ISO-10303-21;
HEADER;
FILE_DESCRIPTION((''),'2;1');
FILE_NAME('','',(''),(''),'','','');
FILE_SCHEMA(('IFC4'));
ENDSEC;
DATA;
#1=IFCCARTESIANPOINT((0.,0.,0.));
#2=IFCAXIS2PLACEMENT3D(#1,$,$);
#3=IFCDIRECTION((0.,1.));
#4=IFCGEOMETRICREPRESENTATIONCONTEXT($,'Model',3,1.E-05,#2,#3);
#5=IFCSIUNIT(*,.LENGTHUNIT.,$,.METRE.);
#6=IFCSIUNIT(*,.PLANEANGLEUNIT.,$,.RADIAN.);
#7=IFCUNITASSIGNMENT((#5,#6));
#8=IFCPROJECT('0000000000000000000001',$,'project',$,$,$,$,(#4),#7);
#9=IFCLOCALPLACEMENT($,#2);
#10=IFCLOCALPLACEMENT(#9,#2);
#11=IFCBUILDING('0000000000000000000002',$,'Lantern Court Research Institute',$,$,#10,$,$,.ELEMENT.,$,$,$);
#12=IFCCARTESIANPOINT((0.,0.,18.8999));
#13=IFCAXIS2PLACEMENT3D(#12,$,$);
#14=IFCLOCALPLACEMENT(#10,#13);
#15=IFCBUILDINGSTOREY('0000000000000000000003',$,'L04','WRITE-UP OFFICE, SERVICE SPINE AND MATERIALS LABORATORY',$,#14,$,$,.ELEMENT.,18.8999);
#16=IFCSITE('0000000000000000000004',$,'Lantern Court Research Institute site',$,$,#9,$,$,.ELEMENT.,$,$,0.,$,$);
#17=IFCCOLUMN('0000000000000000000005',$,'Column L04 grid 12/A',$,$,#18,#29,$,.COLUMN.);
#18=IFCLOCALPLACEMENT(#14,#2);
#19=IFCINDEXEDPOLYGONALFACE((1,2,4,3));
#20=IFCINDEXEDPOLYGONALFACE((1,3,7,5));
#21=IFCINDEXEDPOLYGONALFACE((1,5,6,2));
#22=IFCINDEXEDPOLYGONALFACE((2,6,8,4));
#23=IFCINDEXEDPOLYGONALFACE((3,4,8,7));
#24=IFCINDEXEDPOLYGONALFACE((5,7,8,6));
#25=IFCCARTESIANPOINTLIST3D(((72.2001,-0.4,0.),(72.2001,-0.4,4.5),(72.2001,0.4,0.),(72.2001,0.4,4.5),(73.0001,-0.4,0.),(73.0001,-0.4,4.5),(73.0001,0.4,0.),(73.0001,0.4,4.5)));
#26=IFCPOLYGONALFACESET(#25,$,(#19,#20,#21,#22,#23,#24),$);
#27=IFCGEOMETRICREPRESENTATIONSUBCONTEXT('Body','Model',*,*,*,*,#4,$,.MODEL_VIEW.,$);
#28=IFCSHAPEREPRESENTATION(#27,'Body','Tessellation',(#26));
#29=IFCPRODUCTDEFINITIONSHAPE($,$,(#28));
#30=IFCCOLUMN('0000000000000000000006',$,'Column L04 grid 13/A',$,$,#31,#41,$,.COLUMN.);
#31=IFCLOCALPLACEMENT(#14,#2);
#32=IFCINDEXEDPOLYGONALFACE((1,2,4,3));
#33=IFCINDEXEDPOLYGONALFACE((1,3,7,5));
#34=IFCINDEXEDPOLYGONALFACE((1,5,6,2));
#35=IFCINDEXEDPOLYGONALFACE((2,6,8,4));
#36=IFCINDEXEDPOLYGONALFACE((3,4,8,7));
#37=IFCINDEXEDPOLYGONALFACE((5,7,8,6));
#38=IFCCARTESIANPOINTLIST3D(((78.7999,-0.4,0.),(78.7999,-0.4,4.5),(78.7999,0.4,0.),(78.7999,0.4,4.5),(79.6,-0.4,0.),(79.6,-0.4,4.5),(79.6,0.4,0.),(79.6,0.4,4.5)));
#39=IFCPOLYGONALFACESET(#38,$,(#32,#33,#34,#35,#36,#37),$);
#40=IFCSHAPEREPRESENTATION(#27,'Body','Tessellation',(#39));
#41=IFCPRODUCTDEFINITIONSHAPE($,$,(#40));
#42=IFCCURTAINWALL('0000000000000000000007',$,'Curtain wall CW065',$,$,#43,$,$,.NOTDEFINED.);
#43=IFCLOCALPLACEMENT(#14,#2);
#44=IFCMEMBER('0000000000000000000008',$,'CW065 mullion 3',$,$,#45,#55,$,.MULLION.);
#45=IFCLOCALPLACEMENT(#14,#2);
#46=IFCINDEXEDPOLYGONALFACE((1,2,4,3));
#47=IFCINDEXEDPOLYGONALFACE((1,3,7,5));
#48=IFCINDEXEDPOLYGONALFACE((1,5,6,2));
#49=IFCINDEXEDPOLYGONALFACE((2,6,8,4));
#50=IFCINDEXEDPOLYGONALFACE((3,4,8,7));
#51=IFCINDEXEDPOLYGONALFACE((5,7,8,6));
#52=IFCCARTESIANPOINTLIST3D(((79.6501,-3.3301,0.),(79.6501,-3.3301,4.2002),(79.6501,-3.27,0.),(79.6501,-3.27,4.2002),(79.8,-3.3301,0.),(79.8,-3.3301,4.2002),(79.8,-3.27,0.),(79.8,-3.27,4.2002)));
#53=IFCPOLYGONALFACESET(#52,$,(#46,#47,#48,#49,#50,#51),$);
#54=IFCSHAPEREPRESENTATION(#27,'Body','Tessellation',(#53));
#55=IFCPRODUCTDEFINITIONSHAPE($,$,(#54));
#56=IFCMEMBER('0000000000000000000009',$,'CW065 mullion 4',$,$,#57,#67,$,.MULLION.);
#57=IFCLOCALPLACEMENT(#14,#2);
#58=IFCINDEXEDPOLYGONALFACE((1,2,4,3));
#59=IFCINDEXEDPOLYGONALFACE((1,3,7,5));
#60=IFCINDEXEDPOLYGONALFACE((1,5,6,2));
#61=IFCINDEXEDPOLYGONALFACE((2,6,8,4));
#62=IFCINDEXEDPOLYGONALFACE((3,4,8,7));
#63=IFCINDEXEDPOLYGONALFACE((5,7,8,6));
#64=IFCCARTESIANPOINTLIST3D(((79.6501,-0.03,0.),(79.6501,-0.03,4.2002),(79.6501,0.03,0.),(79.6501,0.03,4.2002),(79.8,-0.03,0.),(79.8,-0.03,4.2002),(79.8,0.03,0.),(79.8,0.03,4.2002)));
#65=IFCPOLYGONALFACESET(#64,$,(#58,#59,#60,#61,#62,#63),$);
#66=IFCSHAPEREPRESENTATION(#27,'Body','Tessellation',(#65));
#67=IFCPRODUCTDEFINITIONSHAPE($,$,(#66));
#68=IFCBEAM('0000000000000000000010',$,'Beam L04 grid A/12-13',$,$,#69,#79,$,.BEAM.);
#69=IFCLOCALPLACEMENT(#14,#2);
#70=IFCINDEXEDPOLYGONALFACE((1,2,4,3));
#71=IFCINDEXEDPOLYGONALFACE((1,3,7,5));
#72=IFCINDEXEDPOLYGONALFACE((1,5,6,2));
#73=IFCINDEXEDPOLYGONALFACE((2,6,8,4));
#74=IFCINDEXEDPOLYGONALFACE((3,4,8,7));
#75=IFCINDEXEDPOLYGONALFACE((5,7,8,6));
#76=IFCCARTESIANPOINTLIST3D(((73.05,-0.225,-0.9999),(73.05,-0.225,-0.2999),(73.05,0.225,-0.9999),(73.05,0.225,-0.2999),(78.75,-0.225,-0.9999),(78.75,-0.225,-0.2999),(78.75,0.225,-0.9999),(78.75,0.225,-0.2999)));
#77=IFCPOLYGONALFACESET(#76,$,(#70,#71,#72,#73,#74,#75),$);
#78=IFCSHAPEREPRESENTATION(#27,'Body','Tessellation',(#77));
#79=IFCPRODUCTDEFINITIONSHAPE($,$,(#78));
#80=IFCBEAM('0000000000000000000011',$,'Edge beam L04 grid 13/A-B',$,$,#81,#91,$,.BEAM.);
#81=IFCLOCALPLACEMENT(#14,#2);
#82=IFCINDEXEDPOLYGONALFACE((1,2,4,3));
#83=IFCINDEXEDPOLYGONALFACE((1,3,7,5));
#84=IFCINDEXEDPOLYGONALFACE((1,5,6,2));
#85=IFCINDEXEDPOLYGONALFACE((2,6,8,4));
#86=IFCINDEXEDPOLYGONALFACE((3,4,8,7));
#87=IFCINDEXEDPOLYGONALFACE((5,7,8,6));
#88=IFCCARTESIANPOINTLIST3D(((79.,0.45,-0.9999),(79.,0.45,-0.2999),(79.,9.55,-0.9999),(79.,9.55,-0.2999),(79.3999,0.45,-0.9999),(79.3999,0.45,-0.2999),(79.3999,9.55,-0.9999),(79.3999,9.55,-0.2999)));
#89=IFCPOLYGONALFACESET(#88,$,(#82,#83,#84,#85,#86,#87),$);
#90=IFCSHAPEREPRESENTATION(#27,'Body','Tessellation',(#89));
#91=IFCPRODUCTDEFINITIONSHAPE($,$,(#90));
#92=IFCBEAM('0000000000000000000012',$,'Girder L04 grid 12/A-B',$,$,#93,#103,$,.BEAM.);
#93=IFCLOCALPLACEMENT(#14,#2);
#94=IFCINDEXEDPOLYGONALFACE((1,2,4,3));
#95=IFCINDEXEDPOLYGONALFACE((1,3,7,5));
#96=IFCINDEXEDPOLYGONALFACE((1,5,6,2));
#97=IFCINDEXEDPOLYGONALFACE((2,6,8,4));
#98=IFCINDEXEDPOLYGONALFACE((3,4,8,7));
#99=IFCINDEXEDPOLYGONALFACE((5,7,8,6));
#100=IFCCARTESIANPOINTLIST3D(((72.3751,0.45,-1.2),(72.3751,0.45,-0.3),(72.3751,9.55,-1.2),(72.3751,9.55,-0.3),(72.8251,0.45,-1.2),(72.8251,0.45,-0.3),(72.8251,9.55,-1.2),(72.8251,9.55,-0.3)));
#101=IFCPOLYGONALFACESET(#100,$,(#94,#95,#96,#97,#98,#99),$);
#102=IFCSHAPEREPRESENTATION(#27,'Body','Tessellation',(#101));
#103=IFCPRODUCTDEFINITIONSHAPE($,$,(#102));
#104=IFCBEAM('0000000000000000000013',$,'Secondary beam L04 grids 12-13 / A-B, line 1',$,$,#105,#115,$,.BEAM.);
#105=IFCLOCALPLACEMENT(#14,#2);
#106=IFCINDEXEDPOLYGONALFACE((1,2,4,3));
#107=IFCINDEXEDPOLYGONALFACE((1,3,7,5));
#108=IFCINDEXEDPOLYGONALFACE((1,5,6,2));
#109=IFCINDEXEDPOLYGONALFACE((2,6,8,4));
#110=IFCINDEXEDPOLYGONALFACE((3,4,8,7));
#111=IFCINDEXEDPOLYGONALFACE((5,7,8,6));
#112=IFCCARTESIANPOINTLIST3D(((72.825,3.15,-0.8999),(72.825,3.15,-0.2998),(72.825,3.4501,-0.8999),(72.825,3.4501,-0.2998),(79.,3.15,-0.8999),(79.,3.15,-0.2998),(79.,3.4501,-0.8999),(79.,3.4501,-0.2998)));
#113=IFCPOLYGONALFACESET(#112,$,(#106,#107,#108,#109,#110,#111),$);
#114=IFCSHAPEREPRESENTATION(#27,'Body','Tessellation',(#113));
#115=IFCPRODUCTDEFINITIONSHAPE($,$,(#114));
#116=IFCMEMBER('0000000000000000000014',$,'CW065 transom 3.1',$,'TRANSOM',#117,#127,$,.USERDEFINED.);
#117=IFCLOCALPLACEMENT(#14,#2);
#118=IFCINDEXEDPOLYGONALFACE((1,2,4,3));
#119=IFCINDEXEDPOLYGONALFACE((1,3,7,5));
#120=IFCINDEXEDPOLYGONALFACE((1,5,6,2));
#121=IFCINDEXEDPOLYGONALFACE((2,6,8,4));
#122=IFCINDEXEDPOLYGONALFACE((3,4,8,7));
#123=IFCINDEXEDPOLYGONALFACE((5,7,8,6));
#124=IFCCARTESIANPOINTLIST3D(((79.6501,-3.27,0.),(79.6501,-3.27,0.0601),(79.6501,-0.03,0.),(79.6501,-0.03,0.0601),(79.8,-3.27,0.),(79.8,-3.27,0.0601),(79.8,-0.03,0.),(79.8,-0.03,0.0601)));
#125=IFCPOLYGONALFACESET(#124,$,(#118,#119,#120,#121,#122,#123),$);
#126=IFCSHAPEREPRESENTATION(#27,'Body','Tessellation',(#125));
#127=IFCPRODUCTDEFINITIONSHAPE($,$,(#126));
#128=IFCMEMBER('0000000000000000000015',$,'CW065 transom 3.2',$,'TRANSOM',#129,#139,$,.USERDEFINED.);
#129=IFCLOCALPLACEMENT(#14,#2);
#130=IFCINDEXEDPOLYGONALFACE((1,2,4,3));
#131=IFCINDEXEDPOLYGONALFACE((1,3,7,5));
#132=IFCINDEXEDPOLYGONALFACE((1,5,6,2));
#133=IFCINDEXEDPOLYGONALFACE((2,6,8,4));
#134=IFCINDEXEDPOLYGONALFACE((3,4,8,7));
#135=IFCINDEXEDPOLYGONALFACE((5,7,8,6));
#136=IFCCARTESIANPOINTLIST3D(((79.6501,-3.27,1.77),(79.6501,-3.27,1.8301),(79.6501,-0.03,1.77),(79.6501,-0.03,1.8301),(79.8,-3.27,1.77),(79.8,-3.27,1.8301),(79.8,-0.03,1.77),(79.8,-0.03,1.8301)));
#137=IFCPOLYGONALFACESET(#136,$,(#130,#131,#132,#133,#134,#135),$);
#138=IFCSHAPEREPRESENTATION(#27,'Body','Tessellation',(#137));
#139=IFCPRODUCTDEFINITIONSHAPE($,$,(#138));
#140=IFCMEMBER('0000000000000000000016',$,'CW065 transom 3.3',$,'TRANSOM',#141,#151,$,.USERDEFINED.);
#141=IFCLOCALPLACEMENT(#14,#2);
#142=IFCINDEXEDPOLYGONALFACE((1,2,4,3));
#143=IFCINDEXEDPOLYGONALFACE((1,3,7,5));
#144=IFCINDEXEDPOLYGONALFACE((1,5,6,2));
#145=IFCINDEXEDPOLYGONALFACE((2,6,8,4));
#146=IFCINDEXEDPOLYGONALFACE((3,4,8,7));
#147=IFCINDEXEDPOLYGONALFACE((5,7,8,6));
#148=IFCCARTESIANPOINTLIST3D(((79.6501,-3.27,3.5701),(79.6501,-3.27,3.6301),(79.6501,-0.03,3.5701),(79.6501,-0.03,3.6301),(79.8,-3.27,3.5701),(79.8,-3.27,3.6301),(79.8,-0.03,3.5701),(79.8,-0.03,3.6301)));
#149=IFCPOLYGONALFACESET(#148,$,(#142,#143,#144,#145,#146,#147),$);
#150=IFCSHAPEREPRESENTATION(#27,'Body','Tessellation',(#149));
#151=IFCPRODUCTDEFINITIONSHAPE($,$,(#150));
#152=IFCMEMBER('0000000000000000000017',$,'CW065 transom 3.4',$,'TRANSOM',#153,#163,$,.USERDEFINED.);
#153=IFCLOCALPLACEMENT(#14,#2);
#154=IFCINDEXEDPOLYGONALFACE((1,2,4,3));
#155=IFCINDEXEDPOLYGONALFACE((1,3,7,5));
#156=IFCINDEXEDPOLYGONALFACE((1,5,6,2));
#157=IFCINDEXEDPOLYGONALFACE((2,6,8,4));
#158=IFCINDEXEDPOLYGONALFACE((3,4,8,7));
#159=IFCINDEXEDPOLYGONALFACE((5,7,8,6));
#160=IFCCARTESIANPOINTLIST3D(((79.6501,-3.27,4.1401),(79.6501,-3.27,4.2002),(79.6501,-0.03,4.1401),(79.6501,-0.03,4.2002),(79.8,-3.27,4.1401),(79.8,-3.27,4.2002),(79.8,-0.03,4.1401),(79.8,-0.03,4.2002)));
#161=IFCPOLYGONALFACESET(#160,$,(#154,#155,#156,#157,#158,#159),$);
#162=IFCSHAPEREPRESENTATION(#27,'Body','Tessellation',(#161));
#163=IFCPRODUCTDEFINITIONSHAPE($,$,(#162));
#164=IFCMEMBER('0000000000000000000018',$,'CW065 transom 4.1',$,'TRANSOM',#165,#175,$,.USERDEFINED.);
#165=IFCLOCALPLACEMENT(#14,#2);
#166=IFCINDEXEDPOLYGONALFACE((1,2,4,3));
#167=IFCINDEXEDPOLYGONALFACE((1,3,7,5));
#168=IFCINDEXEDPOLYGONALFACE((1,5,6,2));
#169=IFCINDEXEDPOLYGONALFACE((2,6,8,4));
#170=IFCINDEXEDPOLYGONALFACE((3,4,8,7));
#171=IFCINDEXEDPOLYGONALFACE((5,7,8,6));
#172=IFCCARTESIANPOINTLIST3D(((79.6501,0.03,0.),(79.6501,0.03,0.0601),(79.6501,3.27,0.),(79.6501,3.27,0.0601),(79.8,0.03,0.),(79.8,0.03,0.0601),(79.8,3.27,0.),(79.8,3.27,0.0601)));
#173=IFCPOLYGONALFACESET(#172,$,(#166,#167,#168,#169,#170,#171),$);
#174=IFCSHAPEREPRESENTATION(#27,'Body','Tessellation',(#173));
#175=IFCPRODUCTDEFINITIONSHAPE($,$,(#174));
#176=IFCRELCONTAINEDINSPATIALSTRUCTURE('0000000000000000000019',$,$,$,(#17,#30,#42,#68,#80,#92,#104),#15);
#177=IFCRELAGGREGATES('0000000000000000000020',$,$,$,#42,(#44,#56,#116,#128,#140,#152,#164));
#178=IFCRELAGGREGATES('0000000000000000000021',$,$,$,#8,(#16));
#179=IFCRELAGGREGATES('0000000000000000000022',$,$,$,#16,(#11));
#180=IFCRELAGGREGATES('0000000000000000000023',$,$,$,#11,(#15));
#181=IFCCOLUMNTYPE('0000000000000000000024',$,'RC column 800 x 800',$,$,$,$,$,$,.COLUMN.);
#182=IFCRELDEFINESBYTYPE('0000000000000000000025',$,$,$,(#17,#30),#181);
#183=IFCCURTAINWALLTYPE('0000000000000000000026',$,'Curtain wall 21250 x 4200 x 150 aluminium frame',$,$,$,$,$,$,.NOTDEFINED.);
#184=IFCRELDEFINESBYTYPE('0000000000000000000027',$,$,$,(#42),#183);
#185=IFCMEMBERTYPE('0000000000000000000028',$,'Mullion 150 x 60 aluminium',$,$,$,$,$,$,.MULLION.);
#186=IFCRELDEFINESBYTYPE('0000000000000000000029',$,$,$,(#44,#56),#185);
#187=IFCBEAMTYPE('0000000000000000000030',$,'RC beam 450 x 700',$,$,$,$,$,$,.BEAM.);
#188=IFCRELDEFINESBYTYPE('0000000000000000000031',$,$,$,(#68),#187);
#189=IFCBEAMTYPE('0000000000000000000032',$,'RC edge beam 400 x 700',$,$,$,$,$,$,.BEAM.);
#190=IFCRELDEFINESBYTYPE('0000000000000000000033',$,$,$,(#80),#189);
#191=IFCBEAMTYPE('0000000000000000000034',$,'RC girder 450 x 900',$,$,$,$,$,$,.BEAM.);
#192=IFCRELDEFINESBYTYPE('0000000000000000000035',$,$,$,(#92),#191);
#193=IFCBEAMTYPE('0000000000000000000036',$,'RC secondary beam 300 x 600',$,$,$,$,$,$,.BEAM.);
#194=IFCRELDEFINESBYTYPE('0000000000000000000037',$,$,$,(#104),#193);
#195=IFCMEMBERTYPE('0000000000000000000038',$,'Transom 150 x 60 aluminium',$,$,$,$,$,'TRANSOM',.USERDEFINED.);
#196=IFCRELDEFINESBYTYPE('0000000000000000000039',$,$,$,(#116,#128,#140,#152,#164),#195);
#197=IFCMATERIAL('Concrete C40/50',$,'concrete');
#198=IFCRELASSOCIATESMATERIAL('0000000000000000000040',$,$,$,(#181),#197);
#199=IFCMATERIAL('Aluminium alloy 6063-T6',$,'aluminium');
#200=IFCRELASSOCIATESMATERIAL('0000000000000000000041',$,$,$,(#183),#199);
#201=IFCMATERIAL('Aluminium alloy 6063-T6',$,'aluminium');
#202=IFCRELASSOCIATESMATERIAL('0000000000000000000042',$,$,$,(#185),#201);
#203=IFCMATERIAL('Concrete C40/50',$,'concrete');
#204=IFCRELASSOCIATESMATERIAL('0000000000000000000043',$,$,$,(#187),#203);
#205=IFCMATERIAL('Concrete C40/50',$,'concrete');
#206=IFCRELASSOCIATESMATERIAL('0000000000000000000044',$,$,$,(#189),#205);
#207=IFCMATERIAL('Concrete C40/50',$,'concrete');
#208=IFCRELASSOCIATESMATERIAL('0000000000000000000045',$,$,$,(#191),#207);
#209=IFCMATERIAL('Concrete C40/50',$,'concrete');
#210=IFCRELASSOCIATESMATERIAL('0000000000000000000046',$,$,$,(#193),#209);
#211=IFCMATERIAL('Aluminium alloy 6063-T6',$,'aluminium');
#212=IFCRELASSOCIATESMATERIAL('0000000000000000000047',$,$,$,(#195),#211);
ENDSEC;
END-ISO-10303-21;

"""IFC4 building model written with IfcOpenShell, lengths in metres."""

from ifc_helpers import new_model, si_unit, direction, frame, origin, origin_2d, place, context, subcontext, project, spatial, rectangle, extrude, material, material_profile, profile_set, type_object, element, aggregate, save


model = new_model("IFC4")

# Units and contexts
model_context = context("Model", 3, precision=1e-05, world=origin(), true_north=direction((0.0, 1.0)))
body_context = subcontext(model_context, "Body", "Model", "MODEL_VIEW")
ifc_project = project(units=[si_unit("LENGTHUNIT", "METRE"), si_unit("PLANEANGLEUNIT", "RADIAN")], contexts=[model_context])

# Site, building, storey
site_placement = place(None, origin())
site = spatial("IfcSite", under=ifc_project, at=site_placement, Name="Lantern Court Research Institute site", CompositionType="ELEMENT", RefElevation=0.0)
building_placement = place(site_placement, origin())
building = spatial("IfcBuilding", under=site, at=building_placement, Name="Lantern Court Research Institute", CompositionType="ELEMENT")
storey_placement = place(building_placement, frame((0.0, 0.0, 18.8999)))
storey = spatial("IfcBuildingStorey", under=building, at=storey_placement, Name="L04", Description="WRITE-UP OFFICE, SERVICE SPINE AND MATERIALS LABORATORY", CompositionType="ELEMENT", Elevation=18.8999)

# Columns
ifc_material_1 = material(Name="Concrete C40/50", Category="concrete")
ifc_material_profile_1 = material_profile(ifc_material_1, rectangle(XDim=0.8, YDim=0.8, at=origin_2d()), Name="RC column 800 x 800")
ifc_profile_set_1 = profile_set([ifc_material_profile_1], Name="Concrete C40/50")
column_type = type_object("IfcColumnType", Name="RC column 800 x 800", PredefinedType="COLUMN", material=ifc_profile_set_1)
for number, where, z_axis, x_axis, name in (
    (1, (72.6001, 0.0, 0.0), (0.0, 0.0, 1.0), (1.0, 0.0, 0.0), "Column L04 grid 12/A"),
    (2, (79.2, 0.0, 0.0), (0.0, 0.0, 1.0), (1.0, 0.0, 0.0), "Column L04 grid 13/A"),
):
    element("IfcColumn", number, at=place(storey_placement, frame(where, z_axis=z_axis, x_axis=x_axis)), inside=storey, type_object=column_type, Name=name, PredefinedType="COLUMN", context=body_context, shape_type="SweptSolid", body=[
        extrude(rectangle(XDim=0.8, YDim=0.8, at=origin_2d()), origin(), (0.0, 0.0, 1.0), 4.5),
    ])

# Curtain wall, members
ifc_material_2 = material(Name="Aluminium alloy 6063-T6", Category="aluminium")
curtain_wall_type = type_object("IfcCurtainWallType", Name="Curtain wall 21250 x 4200 x 150 aluminium frame", PredefinedType="NOTDEFINED", material=ifc_material_2)
curtain_wall_placement = place(storey_placement, origin())
curtain_wall = element("IfcCurtainWall", 3, at=curtain_wall_placement, inside=storey, type_object=curtain_wall_type, Name="Curtain wall CW065", PredefinedType="NOTDEFINED")
ifc_material_3 = material(Name="Aluminium alloy 6063-T6", Category="aluminium")
ifc_material_profile_2 = material_profile(ifc_material_3, rectangle(XDim=0.1499, YDim=0.0601, at=origin_2d()), Name="Mullion 150 x 60")
ifc_profile_set_2 = profile_set([ifc_material_profile_2], Name="Aluminium alloy 6063-T6")
member_type_1 = type_object("IfcMemberType", Name="Mullion 150 x 60 aluminium", PredefinedType="MULLION", material=ifc_profile_set_2)
member_1_placement = place(storey_placement, frame((79.7251, -3.3, 0.0), z_axis=(0.0, 0.0, 1.0), x_axis=(1.0, 0.0, 0.0)))
member_1 = element("IfcMember", 4, at=member_1_placement, type_object=member_type_1, Name="CW065 mullion 3", PredefinedType="MULLION", context=body_context, shape_type="SweptSolid", body=[
    extrude(rectangle(XDim=0.1499, YDim=0.0601, at=origin_2d()), origin(), (0.0, 0.0, 1.0), 4.2002),
])
member_2_placement = place(storey_placement, frame((79.7251, 0.0, 0.0), z_axis=(0.0, 0.0, 1.0), x_axis=(1.0, 0.0, 0.0)))
member_2 = element("IfcMember", 5, at=member_2_placement, type_object=member_type_1, Name="CW065 mullion 4", PredefinedType="MULLION", context=body_context, shape_type="SweptSolid", body=[
    extrude(rectangle(XDim=0.1499, YDim=0.0601, at=origin_2d()), origin(), (0.0, 0.0, 1.0), 4.2002),
])

# Beams
ifc_material_4 = material(Name="Concrete C40/50", Category="concrete")
ifc_material_profile_3 = material_profile(ifc_material_4, rectangle(XDim=0.45, YDim=0.7, at=origin_2d()), Name="RC beam 450 x 700")
ifc_profile_set_3 = profile_set([ifc_material_profile_3], Name="Concrete C40/50")
beam_type_1 = type_object("IfcBeamType", Name="RC beam 450 x 700", PredefinedType="BEAM", material=ifc_profile_set_3)
beam_1_placement = place(storey_placement, frame((73.05, 0.0, -0.6499), z_axis=(1.0, 0.0, 0.0), x_axis=(0.0, 1.0, 0.0)))
element("IfcBeam", 6, at=beam_1_placement, inside=storey, type_object=beam_type_1, Name="Beam L04 grid A/12-13", PredefinedType="BEAM", context=body_context, shape_type="SweptSolid", body=[
    extrude(rectangle(XDim=0.45, YDim=0.7, at=origin_2d()), origin(), (0.0, 0.0, 1.0), 5.7),
])
ifc_material_5 = material(Name="Concrete C40/50", Category="concrete")
ifc_material_profile_4 = material_profile(ifc_material_5, rectangle(XDim=0.3999, YDim=0.7, at=origin_2d()), Name="RC beam 400 x 700")
ifc_profile_set_4 = profile_set([ifc_material_profile_4], Name="Concrete C40/50")
beam_type_2 = type_object("IfcBeamType", Name="RC edge beam 400 x 700", PredefinedType="BEAM", material=ifc_profile_set_4)
beam_2_placement = place(storey_placement, frame((79.2, 0.45, -0.6499), z_axis=(0.0, 1.0, 0.0), x_axis=(-1.0, 0.0, 0.0)))
element("IfcBeam", 7, at=beam_2_placement, inside=storey, type_object=beam_type_2, Name="Edge beam L04 grid 13/A-B", PredefinedType="BEAM", context=body_context, shape_type="SweptSolid", body=[
    extrude(rectangle(XDim=0.3999, YDim=0.7, at=origin_2d()), origin(), (0.0, 0.0, 1.0), 9.1001),
])
ifc_material_6 = material(Name="Concrete C40/50", Category="concrete")
ifc_material_profile_5 = material_profile(ifc_material_6, rectangle(XDim=0.45, YDim=0.8999, at=origin_2d()), Name="RC beam 450 x 900")
ifc_profile_set_5 = profile_set([ifc_material_profile_5], Name="Concrete C40/50")
beam_type_3 = type_object("IfcBeamType", Name="RC girder 450 x 900", PredefinedType="BEAM", material=ifc_profile_set_5)
beam_3_placement = place(storey_placement, frame((72.6001, 0.45, -0.75), z_axis=(0.0, 1.0, 0.0), x_axis=(-1.0, 0.0, 0.0)))
element("IfcBeam", 8, at=beam_3_placement, inside=storey, type_object=beam_type_3, Name="Girder L04 grid 12/A-B", PredefinedType="BEAM", context=body_context, shape_type="SweptSolid", body=[
    extrude(rectangle(XDim=0.45, YDim=0.8999, at=origin_2d()), origin(), (0.0, 0.0, 1.0), 9.1001),
])
ifc_material_7 = material(Name="Concrete C40/50", Category="concrete")
ifc_material_profile_6 = material_profile(ifc_material_7, rectangle(XDim=0.3, YDim=0.6001, at=origin_2d()), Name="RC beam 300 x 600")
ifc_profile_set_6 = profile_set([ifc_material_profile_6], Name="Concrete C40/50")
beam_type_4 = type_object("IfcBeamType", Name="RC secondary beam 300 x 600", PredefinedType="BEAM", material=ifc_profile_set_6)
beam_4_placement = place(storey_placement, frame((72.825, 3.3, -0.5999), z_axis=(1.0, 0.0, 0.0), x_axis=(0.0, 1.0, 0.0)))
element("IfcBeam", 9, at=beam_4_placement, inside=storey, type_object=beam_type_4, Name="Secondary beam L04 grids 12-13 / A-B, line 1", PredefinedType="BEAM", context=body_context, shape_type="SweptSolid", body=[
    extrude(rectangle(XDim=0.3, YDim=0.6001, at=origin_2d()), origin(), (0.0, 0.0, 1.0), 6.175),
])

# Members
ifc_material_8 = material(Name="Aluminium alloy 6063-T6", Category="aluminium")
ifc_material_profile_7 = material_profile(ifc_material_8, rectangle(XDim=0.1499, YDim=0.0601, at=origin_2d()), Name="Transom 150 x 60")
ifc_profile_set_7 = profile_set([ifc_material_profile_7], Name="Aluminium alloy 6063-T6")
member_type_2 = type_object("IfcMemberType", Name="Transom 150 x 60 aluminium", ElementType="TRANSOM", PredefinedType="USERDEFINED", material=ifc_profile_set_7)
member_3_placement = place(storey_placement, frame((79.7251, -0.03, 0.03), z_axis=(0.0, -1.0, 0.0), x_axis=(1.0, 0.0, 0.0)))
member_3 = element("IfcMember", 10, at=member_3_placement, type_object=member_type_2, Name="CW065 transom 3.1", ObjectType="TRANSOM", PredefinedType="USERDEFINED", context=body_context, shape_type="SweptSolid", body=[
    extrude(rectangle(XDim=0.1499, YDim=0.0601, at=origin_2d()), origin(), (0.0, 0.0, 1.0), 3.24),
])
member_4_placement = place(storey_placement, frame((79.7251, -0.03, 1.8), z_axis=(0.0, -1.0, 0.0), x_axis=(1.0, 0.0, 0.0)))
member_4 = element("IfcMember", 11, at=member_4_placement, type_object=member_type_2, Name="CW065 transom 3.2", ObjectType="TRANSOM", PredefinedType="USERDEFINED", context=body_context, shape_type="SweptSolid", body=[
    extrude(rectangle(XDim=0.1499, YDim=0.0601, at=origin_2d()), origin(), (0.0, 0.0, 1.0), 3.24),
])
member_5_placement = place(storey_placement, frame((79.7251, -0.03, 3.6001), z_axis=(0.0, -1.0, 0.0), x_axis=(1.0, 0.0, 0.0)))
member_5 = element("IfcMember", 12, at=member_5_placement, type_object=member_type_2, Name="CW065 transom 3.3", ObjectType="TRANSOM", PredefinedType="USERDEFINED", context=body_context, shape_type="SweptSolid", body=[
    extrude(rectangle(XDim=0.1499, YDim=0.0601, at=origin_2d()), origin(), (0.0, 0.0, 1.0), 3.24),
])
member_6_placement = place(storey_placement, frame((79.7251, -0.03, 4.1702), z_axis=(0.0, -1.0, 0.0), x_axis=(1.0, 0.0, 0.0)))
member_6 = element("IfcMember", 13, at=member_6_placement, type_object=member_type_2, Name="CW065 transom 3.4", ObjectType="TRANSOM", PredefinedType="USERDEFINED", context=body_context, shape_type="SweptSolid", body=[
    extrude(rectangle(XDim=0.1499, YDim=0.0601, at=origin_2d()), origin(), (0.0, 0.0, 1.0), 3.24),
])
member_7_placement = place(storey_placement, frame((79.7251, 3.27, 0.03), z_axis=(0.0, -1.0, 0.0), x_axis=(1.0, 0.0, 0.0)))
member_7 = element("IfcMember", 14, at=member_7_placement, type_object=member_type_2, Name="CW065 transom 4.1", ObjectType="TRANSOM", PredefinedType="USERDEFINED", context=body_context, shape_type="SweptSolid", body=[
    extrude(rectangle(XDim=0.1499, YDim=0.0601, at=origin_2d()), origin(), (0.0, 0.0, 1.0), 3.24),
])

aggregate(curtain_wall, [member_1, member_2, member_3, member_4, member_5, member_6, member_7])

save(model, "model.ifc")
